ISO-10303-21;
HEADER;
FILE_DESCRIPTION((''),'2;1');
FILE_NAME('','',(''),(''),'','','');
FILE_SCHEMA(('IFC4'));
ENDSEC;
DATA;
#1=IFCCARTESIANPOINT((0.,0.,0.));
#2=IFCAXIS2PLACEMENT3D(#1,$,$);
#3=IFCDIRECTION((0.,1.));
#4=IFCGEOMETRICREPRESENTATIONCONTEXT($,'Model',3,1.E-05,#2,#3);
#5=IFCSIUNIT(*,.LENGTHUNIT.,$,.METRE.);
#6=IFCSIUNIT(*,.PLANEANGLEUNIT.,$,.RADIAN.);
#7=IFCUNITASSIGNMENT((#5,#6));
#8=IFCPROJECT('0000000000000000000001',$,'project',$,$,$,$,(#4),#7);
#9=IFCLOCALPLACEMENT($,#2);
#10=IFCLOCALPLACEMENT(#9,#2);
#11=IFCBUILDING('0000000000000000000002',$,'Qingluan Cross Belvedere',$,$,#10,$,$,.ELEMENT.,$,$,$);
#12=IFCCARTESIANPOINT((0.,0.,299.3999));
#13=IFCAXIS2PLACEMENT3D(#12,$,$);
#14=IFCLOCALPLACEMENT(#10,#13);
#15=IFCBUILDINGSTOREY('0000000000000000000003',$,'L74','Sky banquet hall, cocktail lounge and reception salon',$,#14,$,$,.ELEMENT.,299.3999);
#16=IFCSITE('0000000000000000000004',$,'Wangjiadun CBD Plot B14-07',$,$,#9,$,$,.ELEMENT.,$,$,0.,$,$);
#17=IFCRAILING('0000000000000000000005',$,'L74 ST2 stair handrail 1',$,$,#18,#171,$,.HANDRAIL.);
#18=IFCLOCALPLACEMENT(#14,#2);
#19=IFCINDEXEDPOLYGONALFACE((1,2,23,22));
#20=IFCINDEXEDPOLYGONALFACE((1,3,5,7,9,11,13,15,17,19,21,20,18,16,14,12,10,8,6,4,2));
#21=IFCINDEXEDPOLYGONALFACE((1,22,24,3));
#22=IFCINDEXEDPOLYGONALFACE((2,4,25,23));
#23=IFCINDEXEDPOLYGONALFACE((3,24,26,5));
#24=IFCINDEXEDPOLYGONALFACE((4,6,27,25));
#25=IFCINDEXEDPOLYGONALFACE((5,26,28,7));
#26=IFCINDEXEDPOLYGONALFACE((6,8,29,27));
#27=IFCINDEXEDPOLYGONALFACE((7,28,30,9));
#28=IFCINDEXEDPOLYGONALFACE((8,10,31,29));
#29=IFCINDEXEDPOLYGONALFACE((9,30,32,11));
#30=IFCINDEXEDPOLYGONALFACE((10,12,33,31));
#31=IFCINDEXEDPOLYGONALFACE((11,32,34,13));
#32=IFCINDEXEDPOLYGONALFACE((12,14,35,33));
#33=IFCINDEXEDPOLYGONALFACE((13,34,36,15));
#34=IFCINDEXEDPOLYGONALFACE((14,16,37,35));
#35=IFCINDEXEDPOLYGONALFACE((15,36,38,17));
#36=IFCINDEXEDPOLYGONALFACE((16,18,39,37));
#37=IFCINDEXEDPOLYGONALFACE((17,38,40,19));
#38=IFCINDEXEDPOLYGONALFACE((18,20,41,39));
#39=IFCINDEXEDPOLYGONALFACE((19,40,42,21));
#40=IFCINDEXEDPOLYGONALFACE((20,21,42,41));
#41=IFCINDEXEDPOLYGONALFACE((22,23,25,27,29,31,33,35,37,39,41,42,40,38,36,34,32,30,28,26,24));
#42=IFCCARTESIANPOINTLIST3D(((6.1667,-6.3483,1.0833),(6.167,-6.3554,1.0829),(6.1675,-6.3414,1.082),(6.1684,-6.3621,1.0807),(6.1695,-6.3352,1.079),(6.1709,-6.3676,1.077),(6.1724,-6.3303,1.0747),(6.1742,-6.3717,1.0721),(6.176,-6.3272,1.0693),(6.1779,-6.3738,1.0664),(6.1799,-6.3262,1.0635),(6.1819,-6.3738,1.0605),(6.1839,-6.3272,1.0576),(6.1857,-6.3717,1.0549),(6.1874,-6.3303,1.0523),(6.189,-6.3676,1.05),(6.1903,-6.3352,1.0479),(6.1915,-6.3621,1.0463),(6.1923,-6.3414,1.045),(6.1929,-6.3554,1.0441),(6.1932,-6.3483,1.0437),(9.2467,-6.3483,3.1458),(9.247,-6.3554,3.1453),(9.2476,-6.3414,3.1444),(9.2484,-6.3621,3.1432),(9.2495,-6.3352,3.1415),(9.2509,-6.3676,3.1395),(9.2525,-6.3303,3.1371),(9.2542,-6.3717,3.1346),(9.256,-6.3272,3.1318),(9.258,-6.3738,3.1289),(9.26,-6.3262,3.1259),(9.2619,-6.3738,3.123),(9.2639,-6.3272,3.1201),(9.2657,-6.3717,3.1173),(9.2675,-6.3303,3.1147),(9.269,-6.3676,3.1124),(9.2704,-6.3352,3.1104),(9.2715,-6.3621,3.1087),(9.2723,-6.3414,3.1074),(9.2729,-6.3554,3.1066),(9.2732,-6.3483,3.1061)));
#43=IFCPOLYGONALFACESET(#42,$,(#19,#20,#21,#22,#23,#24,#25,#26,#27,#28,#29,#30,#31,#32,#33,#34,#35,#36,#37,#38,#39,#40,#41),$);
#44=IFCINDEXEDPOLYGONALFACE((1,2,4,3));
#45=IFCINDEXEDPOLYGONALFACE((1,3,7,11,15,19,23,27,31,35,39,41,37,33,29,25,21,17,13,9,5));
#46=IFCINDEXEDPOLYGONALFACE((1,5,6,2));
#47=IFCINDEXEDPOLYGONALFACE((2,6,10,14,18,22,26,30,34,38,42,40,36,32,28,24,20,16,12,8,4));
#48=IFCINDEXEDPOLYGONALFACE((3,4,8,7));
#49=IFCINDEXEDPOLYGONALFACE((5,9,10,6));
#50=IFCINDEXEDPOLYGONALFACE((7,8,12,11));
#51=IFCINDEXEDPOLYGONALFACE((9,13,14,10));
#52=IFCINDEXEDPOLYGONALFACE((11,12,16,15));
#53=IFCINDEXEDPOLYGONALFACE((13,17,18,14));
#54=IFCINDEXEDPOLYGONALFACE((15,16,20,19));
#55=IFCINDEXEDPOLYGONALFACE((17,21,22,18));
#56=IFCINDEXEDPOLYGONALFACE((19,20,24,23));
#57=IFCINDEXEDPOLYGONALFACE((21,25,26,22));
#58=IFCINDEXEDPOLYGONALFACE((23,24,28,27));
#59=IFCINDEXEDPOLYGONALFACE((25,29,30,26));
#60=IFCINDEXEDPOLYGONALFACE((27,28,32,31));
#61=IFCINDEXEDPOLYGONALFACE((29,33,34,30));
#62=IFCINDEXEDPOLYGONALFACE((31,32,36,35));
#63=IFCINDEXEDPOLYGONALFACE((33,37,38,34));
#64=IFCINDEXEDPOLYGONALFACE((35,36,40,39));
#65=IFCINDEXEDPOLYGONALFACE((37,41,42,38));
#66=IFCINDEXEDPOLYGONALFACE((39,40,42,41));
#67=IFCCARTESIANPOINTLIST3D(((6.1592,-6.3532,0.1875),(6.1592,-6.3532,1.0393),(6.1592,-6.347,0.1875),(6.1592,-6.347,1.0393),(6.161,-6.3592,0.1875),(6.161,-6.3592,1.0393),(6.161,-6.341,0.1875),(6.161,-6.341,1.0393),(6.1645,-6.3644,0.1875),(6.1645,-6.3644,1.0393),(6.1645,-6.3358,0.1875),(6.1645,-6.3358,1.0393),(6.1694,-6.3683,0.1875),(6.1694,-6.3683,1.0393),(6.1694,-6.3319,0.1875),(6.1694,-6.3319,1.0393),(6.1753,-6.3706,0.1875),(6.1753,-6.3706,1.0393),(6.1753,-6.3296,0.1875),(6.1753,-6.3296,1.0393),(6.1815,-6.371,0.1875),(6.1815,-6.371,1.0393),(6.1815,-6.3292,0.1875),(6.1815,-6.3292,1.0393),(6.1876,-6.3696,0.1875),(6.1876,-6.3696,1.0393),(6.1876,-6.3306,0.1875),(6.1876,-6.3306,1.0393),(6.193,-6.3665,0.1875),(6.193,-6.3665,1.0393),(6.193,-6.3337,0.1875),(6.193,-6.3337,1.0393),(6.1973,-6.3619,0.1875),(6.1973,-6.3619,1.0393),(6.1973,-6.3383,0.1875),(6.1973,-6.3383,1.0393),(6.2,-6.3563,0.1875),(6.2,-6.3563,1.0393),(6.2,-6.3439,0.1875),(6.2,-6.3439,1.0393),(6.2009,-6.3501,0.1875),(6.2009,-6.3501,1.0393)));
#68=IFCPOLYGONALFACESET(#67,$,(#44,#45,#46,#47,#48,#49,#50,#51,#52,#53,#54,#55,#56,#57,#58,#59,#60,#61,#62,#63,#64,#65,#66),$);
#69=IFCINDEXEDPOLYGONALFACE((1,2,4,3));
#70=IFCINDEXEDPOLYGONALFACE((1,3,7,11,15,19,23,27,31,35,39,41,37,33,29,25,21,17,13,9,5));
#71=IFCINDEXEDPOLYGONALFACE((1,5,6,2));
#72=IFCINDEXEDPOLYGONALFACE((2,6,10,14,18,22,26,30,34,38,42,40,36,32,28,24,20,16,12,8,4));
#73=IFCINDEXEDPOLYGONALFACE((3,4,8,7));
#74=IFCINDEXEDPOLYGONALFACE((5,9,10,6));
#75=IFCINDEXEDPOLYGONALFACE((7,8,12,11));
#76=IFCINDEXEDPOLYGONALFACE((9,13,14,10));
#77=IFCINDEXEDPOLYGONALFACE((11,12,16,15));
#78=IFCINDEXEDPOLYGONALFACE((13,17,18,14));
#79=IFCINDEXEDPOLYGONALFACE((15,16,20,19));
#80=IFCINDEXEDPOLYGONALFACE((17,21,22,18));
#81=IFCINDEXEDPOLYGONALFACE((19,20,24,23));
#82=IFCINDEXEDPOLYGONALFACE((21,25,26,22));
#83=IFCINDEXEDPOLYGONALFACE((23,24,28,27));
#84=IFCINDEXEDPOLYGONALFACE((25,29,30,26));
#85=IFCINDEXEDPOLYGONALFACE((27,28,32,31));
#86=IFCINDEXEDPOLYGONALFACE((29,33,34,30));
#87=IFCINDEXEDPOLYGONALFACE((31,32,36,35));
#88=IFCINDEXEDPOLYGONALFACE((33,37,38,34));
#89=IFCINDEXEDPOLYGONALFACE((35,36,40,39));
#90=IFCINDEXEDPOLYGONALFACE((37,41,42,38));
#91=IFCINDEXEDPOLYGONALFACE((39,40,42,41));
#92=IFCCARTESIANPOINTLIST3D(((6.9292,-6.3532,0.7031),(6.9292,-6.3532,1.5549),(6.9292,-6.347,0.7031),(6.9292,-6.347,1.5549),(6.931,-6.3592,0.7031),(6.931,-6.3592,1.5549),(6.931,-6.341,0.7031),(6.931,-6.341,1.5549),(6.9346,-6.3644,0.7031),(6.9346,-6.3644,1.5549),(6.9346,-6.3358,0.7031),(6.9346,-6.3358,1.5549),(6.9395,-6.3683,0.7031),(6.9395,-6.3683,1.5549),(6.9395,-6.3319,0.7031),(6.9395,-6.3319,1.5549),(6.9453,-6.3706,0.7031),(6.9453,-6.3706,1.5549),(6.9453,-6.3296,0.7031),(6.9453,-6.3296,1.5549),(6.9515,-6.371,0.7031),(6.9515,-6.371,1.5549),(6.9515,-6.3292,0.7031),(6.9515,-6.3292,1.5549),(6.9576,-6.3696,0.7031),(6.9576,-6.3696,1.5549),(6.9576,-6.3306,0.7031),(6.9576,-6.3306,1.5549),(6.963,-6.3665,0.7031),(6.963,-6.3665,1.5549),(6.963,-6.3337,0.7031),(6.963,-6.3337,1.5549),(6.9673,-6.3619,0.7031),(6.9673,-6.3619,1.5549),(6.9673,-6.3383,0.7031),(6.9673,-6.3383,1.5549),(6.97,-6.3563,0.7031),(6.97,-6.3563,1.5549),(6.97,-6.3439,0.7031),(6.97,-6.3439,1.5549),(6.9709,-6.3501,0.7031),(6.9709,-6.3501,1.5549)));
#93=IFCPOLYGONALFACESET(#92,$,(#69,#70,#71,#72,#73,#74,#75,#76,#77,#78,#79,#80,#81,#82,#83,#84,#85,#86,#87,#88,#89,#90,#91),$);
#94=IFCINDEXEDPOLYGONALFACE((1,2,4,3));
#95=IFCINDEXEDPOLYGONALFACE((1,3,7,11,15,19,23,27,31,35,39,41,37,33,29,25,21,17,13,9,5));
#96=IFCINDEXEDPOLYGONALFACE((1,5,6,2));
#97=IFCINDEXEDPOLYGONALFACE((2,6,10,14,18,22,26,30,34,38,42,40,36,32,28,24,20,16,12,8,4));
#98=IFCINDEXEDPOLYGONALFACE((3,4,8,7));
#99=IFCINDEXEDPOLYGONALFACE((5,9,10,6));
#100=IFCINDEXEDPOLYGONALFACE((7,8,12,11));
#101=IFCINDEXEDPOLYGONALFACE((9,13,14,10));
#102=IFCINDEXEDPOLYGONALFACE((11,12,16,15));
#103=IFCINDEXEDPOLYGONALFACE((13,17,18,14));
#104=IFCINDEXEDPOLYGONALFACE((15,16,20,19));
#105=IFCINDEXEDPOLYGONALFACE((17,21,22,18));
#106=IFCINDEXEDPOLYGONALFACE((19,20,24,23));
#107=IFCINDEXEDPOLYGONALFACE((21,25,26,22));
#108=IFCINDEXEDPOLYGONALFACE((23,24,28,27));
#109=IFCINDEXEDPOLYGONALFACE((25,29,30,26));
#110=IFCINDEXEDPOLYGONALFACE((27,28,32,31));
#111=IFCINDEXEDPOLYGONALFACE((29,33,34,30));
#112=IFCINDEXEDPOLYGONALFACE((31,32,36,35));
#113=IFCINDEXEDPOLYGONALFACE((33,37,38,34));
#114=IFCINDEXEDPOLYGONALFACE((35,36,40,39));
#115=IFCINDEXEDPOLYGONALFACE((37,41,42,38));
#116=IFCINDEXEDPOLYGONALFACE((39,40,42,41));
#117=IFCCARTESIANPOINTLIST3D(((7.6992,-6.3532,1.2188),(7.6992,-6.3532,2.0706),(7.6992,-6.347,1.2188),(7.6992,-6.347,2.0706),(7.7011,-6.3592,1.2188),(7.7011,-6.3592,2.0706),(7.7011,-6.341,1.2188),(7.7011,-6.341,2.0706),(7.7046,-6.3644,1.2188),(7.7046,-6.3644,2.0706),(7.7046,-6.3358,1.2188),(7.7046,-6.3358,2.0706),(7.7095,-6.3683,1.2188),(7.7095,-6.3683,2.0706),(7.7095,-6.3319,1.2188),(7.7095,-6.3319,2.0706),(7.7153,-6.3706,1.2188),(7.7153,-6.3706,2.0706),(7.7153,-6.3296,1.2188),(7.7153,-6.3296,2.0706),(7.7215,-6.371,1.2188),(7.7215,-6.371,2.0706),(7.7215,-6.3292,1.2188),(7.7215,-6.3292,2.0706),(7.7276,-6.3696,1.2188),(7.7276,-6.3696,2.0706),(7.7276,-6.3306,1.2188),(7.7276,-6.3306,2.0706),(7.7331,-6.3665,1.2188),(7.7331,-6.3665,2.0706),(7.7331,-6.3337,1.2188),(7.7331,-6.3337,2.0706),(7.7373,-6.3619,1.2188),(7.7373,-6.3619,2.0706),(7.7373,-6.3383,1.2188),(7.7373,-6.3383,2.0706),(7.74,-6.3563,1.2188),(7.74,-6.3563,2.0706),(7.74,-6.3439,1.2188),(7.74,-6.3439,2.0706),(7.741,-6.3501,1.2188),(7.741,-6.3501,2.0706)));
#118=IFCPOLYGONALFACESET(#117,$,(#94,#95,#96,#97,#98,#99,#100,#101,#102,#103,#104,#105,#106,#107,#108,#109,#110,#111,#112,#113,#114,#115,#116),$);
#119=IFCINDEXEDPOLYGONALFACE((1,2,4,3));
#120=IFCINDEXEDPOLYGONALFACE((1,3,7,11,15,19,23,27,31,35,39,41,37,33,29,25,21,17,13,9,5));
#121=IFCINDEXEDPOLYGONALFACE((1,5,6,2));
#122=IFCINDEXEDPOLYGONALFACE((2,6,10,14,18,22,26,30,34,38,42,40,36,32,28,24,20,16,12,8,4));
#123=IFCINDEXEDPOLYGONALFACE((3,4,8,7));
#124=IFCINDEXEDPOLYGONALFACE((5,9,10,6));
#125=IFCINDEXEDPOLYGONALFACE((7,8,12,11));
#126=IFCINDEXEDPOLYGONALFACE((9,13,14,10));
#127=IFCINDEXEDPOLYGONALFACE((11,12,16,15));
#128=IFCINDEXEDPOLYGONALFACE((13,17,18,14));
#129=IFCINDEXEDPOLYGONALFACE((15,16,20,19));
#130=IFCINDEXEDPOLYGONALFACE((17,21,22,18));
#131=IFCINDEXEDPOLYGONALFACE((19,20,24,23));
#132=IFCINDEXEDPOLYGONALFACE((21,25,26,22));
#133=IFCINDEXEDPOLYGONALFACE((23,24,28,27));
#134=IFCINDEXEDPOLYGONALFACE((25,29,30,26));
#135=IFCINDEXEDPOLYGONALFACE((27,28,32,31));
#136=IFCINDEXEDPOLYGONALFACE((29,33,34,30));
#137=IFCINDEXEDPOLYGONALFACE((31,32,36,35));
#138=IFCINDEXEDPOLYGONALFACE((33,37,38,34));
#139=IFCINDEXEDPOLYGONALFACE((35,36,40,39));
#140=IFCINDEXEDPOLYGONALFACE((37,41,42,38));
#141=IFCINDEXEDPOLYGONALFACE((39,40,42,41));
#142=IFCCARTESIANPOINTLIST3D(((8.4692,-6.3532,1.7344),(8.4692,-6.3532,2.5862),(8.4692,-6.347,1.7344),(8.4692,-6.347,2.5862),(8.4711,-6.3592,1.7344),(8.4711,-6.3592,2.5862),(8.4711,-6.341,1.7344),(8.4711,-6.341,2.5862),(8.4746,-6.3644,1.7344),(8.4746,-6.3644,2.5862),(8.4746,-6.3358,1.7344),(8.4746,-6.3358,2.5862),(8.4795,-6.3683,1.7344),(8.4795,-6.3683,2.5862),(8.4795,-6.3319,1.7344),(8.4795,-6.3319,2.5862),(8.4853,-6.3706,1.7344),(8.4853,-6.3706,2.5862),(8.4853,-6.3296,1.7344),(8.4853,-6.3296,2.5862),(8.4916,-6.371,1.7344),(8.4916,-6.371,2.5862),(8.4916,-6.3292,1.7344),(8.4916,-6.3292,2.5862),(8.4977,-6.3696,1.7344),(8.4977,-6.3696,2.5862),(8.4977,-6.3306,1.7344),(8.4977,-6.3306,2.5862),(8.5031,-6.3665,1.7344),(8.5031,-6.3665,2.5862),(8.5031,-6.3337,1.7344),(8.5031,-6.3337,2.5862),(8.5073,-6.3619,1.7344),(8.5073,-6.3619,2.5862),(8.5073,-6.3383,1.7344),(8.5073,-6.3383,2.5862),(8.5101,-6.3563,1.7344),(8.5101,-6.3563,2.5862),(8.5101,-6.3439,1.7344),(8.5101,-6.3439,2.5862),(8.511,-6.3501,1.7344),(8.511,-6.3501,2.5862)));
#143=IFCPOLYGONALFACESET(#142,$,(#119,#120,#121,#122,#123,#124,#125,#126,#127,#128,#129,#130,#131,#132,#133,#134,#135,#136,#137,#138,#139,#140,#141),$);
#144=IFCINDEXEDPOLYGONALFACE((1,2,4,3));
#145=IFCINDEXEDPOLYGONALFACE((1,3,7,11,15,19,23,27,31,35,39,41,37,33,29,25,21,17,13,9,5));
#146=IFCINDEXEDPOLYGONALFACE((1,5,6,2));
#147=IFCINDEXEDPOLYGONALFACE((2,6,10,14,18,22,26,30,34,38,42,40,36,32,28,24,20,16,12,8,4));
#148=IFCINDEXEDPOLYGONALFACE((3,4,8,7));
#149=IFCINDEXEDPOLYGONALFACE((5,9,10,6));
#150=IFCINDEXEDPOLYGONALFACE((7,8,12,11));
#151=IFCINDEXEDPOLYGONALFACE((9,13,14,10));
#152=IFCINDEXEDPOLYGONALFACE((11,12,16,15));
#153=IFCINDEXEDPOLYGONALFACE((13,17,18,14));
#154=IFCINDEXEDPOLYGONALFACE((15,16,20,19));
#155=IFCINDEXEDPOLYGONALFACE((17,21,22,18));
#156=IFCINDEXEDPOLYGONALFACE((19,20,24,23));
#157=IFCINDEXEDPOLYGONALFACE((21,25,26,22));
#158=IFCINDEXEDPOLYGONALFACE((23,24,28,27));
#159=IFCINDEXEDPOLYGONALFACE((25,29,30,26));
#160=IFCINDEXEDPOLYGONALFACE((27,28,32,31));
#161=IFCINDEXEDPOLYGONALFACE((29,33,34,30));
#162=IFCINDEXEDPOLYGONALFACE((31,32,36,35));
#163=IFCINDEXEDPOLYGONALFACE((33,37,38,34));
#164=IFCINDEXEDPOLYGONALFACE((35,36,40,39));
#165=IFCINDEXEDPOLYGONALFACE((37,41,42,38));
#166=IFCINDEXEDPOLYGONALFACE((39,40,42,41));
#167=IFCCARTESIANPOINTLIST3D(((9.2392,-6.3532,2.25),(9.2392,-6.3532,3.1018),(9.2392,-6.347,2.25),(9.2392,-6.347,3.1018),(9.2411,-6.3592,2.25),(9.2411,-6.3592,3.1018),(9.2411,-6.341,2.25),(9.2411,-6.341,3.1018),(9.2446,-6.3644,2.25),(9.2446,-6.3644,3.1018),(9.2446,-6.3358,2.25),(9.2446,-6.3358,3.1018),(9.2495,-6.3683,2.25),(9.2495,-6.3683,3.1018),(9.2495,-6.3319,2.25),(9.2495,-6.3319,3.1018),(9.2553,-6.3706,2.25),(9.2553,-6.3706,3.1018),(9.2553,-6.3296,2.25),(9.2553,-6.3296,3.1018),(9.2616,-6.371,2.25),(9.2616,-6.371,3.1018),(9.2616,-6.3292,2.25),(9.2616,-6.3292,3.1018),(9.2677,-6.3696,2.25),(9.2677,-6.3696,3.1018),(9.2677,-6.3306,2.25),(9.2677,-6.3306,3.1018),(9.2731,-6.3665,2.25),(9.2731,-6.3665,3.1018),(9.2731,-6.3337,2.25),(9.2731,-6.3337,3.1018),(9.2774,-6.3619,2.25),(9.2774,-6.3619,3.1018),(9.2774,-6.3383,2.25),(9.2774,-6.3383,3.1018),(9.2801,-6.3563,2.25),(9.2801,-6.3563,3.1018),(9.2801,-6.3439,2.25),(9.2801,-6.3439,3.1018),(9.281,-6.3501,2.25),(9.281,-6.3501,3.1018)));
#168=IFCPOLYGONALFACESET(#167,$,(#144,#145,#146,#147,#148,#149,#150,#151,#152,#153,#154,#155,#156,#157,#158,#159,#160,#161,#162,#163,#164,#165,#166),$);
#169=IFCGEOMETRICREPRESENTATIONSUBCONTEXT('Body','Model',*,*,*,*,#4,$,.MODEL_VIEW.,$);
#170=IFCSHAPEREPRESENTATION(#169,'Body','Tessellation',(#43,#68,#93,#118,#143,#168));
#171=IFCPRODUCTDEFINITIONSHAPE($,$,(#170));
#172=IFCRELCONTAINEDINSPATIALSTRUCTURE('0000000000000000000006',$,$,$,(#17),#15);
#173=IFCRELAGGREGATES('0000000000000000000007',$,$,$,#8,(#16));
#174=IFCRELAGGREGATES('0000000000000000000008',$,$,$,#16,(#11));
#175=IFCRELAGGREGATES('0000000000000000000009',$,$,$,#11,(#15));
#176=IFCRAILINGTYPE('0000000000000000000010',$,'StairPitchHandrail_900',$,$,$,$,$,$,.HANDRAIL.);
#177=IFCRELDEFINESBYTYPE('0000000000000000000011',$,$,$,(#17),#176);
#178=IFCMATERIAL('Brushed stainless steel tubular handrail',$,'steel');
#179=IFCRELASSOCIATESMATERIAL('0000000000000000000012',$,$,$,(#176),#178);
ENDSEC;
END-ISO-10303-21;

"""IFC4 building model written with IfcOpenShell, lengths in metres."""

from ifc_helpers import new_model, si_unit, direction, frame, origin, origin_2d, place, context, subcontext, project, spatial, circle, extrude, material, type_object, element, save


model = new_model("IFC4")

# Units and contexts
model_context = context("Model", 3, precision=1e-05, world=origin(), true_north=direction((0.0, 1.0)))
body_context = subcontext(model_context, "Body", "Model", "MODEL_VIEW")
ifc_project = project(units=[si_unit("LENGTHUNIT", "METRE"), si_unit("PLANEANGLEUNIT", "RADIAN")], contexts=[model_context])

# Site, building, storey
site_placement = place(None, origin())
site = spatial("IfcSite", under=ifc_project, at=site_placement, Name="Wangjiadun CBD Plot B14-07", CompositionType="ELEMENT", RefElevation=0.0)
building_placement = place(site_placement, origin())
building = spatial("IfcBuilding", under=site, at=building_placement, Name="Qingluan Cross Belvedere", CompositionType="ELEMENT")
storey_placement = place(building_placement, frame((0.0, 0.0, 299.3999)))
storey = spatial("IfcBuildingStorey", under=building, at=storey_placement, Name="L74", Description="Sky banquet hall, cocktail lounge and reception salon", CompositionType="ELEMENT", Elevation=299.3999)

# Railing
ifc_material_1 = material(Name="Brushed stainless steel tubular handrail", Category="steel")
railing_type_1 = type_object("IfcRailingType", Name="StairPitchHandrail_900", PredefinedType="HANDRAIL", material=ifc_material_1)
railing_1_placement = place(storey_placement, frame((6.1799, -6.3501, 0.1875)))
element("IfcRailing", 1, at=railing_1_placement, inside=storey, type_object=railing_type_1, Name="L74 ST2 stair handrail 1", PredefinedType="HANDRAIL", context=body_context, shape_type="SweptSolid", body=[
    extrude(circle(Radius=0.0239, at=origin_2d()), frame((0.0, 0.0, 0.876), z_axis=(0.830914, 0.0, 0.556401), x_axis=(0.0, 1.0, 0.0)), (0.0, 0.0, 1.0), 3.7068),
    extrude(circle(Radius=0.021, at=origin_2d()), origin(), (0.0, 0.0, 1.0), 0.8518),
    extrude(circle(Radius=0.021, at=origin_2d()), frame((0.77, 0.0, 0.5156)), (0.0, 0.0, 1.0), 0.8518),
    extrude(circle(Radius=0.021, at=origin_2d()), frame((1.54, 0.0, 1.0312)), (0.0, 0.0, 1.0), 0.8518),
    extrude(circle(Radius=0.021, at=origin_2d()), frame((2.3101, 0.0, 1.5469)), (0.0, 0.0, 1.0), 0.8518),
    extrude(circle(Radius=0.021, at=origin_2d()), frame((3.0801, 0.0, 2.0625)), (0.0, 0.0, 1.0), 0.8518),
])

save(model, "model.ifc")
